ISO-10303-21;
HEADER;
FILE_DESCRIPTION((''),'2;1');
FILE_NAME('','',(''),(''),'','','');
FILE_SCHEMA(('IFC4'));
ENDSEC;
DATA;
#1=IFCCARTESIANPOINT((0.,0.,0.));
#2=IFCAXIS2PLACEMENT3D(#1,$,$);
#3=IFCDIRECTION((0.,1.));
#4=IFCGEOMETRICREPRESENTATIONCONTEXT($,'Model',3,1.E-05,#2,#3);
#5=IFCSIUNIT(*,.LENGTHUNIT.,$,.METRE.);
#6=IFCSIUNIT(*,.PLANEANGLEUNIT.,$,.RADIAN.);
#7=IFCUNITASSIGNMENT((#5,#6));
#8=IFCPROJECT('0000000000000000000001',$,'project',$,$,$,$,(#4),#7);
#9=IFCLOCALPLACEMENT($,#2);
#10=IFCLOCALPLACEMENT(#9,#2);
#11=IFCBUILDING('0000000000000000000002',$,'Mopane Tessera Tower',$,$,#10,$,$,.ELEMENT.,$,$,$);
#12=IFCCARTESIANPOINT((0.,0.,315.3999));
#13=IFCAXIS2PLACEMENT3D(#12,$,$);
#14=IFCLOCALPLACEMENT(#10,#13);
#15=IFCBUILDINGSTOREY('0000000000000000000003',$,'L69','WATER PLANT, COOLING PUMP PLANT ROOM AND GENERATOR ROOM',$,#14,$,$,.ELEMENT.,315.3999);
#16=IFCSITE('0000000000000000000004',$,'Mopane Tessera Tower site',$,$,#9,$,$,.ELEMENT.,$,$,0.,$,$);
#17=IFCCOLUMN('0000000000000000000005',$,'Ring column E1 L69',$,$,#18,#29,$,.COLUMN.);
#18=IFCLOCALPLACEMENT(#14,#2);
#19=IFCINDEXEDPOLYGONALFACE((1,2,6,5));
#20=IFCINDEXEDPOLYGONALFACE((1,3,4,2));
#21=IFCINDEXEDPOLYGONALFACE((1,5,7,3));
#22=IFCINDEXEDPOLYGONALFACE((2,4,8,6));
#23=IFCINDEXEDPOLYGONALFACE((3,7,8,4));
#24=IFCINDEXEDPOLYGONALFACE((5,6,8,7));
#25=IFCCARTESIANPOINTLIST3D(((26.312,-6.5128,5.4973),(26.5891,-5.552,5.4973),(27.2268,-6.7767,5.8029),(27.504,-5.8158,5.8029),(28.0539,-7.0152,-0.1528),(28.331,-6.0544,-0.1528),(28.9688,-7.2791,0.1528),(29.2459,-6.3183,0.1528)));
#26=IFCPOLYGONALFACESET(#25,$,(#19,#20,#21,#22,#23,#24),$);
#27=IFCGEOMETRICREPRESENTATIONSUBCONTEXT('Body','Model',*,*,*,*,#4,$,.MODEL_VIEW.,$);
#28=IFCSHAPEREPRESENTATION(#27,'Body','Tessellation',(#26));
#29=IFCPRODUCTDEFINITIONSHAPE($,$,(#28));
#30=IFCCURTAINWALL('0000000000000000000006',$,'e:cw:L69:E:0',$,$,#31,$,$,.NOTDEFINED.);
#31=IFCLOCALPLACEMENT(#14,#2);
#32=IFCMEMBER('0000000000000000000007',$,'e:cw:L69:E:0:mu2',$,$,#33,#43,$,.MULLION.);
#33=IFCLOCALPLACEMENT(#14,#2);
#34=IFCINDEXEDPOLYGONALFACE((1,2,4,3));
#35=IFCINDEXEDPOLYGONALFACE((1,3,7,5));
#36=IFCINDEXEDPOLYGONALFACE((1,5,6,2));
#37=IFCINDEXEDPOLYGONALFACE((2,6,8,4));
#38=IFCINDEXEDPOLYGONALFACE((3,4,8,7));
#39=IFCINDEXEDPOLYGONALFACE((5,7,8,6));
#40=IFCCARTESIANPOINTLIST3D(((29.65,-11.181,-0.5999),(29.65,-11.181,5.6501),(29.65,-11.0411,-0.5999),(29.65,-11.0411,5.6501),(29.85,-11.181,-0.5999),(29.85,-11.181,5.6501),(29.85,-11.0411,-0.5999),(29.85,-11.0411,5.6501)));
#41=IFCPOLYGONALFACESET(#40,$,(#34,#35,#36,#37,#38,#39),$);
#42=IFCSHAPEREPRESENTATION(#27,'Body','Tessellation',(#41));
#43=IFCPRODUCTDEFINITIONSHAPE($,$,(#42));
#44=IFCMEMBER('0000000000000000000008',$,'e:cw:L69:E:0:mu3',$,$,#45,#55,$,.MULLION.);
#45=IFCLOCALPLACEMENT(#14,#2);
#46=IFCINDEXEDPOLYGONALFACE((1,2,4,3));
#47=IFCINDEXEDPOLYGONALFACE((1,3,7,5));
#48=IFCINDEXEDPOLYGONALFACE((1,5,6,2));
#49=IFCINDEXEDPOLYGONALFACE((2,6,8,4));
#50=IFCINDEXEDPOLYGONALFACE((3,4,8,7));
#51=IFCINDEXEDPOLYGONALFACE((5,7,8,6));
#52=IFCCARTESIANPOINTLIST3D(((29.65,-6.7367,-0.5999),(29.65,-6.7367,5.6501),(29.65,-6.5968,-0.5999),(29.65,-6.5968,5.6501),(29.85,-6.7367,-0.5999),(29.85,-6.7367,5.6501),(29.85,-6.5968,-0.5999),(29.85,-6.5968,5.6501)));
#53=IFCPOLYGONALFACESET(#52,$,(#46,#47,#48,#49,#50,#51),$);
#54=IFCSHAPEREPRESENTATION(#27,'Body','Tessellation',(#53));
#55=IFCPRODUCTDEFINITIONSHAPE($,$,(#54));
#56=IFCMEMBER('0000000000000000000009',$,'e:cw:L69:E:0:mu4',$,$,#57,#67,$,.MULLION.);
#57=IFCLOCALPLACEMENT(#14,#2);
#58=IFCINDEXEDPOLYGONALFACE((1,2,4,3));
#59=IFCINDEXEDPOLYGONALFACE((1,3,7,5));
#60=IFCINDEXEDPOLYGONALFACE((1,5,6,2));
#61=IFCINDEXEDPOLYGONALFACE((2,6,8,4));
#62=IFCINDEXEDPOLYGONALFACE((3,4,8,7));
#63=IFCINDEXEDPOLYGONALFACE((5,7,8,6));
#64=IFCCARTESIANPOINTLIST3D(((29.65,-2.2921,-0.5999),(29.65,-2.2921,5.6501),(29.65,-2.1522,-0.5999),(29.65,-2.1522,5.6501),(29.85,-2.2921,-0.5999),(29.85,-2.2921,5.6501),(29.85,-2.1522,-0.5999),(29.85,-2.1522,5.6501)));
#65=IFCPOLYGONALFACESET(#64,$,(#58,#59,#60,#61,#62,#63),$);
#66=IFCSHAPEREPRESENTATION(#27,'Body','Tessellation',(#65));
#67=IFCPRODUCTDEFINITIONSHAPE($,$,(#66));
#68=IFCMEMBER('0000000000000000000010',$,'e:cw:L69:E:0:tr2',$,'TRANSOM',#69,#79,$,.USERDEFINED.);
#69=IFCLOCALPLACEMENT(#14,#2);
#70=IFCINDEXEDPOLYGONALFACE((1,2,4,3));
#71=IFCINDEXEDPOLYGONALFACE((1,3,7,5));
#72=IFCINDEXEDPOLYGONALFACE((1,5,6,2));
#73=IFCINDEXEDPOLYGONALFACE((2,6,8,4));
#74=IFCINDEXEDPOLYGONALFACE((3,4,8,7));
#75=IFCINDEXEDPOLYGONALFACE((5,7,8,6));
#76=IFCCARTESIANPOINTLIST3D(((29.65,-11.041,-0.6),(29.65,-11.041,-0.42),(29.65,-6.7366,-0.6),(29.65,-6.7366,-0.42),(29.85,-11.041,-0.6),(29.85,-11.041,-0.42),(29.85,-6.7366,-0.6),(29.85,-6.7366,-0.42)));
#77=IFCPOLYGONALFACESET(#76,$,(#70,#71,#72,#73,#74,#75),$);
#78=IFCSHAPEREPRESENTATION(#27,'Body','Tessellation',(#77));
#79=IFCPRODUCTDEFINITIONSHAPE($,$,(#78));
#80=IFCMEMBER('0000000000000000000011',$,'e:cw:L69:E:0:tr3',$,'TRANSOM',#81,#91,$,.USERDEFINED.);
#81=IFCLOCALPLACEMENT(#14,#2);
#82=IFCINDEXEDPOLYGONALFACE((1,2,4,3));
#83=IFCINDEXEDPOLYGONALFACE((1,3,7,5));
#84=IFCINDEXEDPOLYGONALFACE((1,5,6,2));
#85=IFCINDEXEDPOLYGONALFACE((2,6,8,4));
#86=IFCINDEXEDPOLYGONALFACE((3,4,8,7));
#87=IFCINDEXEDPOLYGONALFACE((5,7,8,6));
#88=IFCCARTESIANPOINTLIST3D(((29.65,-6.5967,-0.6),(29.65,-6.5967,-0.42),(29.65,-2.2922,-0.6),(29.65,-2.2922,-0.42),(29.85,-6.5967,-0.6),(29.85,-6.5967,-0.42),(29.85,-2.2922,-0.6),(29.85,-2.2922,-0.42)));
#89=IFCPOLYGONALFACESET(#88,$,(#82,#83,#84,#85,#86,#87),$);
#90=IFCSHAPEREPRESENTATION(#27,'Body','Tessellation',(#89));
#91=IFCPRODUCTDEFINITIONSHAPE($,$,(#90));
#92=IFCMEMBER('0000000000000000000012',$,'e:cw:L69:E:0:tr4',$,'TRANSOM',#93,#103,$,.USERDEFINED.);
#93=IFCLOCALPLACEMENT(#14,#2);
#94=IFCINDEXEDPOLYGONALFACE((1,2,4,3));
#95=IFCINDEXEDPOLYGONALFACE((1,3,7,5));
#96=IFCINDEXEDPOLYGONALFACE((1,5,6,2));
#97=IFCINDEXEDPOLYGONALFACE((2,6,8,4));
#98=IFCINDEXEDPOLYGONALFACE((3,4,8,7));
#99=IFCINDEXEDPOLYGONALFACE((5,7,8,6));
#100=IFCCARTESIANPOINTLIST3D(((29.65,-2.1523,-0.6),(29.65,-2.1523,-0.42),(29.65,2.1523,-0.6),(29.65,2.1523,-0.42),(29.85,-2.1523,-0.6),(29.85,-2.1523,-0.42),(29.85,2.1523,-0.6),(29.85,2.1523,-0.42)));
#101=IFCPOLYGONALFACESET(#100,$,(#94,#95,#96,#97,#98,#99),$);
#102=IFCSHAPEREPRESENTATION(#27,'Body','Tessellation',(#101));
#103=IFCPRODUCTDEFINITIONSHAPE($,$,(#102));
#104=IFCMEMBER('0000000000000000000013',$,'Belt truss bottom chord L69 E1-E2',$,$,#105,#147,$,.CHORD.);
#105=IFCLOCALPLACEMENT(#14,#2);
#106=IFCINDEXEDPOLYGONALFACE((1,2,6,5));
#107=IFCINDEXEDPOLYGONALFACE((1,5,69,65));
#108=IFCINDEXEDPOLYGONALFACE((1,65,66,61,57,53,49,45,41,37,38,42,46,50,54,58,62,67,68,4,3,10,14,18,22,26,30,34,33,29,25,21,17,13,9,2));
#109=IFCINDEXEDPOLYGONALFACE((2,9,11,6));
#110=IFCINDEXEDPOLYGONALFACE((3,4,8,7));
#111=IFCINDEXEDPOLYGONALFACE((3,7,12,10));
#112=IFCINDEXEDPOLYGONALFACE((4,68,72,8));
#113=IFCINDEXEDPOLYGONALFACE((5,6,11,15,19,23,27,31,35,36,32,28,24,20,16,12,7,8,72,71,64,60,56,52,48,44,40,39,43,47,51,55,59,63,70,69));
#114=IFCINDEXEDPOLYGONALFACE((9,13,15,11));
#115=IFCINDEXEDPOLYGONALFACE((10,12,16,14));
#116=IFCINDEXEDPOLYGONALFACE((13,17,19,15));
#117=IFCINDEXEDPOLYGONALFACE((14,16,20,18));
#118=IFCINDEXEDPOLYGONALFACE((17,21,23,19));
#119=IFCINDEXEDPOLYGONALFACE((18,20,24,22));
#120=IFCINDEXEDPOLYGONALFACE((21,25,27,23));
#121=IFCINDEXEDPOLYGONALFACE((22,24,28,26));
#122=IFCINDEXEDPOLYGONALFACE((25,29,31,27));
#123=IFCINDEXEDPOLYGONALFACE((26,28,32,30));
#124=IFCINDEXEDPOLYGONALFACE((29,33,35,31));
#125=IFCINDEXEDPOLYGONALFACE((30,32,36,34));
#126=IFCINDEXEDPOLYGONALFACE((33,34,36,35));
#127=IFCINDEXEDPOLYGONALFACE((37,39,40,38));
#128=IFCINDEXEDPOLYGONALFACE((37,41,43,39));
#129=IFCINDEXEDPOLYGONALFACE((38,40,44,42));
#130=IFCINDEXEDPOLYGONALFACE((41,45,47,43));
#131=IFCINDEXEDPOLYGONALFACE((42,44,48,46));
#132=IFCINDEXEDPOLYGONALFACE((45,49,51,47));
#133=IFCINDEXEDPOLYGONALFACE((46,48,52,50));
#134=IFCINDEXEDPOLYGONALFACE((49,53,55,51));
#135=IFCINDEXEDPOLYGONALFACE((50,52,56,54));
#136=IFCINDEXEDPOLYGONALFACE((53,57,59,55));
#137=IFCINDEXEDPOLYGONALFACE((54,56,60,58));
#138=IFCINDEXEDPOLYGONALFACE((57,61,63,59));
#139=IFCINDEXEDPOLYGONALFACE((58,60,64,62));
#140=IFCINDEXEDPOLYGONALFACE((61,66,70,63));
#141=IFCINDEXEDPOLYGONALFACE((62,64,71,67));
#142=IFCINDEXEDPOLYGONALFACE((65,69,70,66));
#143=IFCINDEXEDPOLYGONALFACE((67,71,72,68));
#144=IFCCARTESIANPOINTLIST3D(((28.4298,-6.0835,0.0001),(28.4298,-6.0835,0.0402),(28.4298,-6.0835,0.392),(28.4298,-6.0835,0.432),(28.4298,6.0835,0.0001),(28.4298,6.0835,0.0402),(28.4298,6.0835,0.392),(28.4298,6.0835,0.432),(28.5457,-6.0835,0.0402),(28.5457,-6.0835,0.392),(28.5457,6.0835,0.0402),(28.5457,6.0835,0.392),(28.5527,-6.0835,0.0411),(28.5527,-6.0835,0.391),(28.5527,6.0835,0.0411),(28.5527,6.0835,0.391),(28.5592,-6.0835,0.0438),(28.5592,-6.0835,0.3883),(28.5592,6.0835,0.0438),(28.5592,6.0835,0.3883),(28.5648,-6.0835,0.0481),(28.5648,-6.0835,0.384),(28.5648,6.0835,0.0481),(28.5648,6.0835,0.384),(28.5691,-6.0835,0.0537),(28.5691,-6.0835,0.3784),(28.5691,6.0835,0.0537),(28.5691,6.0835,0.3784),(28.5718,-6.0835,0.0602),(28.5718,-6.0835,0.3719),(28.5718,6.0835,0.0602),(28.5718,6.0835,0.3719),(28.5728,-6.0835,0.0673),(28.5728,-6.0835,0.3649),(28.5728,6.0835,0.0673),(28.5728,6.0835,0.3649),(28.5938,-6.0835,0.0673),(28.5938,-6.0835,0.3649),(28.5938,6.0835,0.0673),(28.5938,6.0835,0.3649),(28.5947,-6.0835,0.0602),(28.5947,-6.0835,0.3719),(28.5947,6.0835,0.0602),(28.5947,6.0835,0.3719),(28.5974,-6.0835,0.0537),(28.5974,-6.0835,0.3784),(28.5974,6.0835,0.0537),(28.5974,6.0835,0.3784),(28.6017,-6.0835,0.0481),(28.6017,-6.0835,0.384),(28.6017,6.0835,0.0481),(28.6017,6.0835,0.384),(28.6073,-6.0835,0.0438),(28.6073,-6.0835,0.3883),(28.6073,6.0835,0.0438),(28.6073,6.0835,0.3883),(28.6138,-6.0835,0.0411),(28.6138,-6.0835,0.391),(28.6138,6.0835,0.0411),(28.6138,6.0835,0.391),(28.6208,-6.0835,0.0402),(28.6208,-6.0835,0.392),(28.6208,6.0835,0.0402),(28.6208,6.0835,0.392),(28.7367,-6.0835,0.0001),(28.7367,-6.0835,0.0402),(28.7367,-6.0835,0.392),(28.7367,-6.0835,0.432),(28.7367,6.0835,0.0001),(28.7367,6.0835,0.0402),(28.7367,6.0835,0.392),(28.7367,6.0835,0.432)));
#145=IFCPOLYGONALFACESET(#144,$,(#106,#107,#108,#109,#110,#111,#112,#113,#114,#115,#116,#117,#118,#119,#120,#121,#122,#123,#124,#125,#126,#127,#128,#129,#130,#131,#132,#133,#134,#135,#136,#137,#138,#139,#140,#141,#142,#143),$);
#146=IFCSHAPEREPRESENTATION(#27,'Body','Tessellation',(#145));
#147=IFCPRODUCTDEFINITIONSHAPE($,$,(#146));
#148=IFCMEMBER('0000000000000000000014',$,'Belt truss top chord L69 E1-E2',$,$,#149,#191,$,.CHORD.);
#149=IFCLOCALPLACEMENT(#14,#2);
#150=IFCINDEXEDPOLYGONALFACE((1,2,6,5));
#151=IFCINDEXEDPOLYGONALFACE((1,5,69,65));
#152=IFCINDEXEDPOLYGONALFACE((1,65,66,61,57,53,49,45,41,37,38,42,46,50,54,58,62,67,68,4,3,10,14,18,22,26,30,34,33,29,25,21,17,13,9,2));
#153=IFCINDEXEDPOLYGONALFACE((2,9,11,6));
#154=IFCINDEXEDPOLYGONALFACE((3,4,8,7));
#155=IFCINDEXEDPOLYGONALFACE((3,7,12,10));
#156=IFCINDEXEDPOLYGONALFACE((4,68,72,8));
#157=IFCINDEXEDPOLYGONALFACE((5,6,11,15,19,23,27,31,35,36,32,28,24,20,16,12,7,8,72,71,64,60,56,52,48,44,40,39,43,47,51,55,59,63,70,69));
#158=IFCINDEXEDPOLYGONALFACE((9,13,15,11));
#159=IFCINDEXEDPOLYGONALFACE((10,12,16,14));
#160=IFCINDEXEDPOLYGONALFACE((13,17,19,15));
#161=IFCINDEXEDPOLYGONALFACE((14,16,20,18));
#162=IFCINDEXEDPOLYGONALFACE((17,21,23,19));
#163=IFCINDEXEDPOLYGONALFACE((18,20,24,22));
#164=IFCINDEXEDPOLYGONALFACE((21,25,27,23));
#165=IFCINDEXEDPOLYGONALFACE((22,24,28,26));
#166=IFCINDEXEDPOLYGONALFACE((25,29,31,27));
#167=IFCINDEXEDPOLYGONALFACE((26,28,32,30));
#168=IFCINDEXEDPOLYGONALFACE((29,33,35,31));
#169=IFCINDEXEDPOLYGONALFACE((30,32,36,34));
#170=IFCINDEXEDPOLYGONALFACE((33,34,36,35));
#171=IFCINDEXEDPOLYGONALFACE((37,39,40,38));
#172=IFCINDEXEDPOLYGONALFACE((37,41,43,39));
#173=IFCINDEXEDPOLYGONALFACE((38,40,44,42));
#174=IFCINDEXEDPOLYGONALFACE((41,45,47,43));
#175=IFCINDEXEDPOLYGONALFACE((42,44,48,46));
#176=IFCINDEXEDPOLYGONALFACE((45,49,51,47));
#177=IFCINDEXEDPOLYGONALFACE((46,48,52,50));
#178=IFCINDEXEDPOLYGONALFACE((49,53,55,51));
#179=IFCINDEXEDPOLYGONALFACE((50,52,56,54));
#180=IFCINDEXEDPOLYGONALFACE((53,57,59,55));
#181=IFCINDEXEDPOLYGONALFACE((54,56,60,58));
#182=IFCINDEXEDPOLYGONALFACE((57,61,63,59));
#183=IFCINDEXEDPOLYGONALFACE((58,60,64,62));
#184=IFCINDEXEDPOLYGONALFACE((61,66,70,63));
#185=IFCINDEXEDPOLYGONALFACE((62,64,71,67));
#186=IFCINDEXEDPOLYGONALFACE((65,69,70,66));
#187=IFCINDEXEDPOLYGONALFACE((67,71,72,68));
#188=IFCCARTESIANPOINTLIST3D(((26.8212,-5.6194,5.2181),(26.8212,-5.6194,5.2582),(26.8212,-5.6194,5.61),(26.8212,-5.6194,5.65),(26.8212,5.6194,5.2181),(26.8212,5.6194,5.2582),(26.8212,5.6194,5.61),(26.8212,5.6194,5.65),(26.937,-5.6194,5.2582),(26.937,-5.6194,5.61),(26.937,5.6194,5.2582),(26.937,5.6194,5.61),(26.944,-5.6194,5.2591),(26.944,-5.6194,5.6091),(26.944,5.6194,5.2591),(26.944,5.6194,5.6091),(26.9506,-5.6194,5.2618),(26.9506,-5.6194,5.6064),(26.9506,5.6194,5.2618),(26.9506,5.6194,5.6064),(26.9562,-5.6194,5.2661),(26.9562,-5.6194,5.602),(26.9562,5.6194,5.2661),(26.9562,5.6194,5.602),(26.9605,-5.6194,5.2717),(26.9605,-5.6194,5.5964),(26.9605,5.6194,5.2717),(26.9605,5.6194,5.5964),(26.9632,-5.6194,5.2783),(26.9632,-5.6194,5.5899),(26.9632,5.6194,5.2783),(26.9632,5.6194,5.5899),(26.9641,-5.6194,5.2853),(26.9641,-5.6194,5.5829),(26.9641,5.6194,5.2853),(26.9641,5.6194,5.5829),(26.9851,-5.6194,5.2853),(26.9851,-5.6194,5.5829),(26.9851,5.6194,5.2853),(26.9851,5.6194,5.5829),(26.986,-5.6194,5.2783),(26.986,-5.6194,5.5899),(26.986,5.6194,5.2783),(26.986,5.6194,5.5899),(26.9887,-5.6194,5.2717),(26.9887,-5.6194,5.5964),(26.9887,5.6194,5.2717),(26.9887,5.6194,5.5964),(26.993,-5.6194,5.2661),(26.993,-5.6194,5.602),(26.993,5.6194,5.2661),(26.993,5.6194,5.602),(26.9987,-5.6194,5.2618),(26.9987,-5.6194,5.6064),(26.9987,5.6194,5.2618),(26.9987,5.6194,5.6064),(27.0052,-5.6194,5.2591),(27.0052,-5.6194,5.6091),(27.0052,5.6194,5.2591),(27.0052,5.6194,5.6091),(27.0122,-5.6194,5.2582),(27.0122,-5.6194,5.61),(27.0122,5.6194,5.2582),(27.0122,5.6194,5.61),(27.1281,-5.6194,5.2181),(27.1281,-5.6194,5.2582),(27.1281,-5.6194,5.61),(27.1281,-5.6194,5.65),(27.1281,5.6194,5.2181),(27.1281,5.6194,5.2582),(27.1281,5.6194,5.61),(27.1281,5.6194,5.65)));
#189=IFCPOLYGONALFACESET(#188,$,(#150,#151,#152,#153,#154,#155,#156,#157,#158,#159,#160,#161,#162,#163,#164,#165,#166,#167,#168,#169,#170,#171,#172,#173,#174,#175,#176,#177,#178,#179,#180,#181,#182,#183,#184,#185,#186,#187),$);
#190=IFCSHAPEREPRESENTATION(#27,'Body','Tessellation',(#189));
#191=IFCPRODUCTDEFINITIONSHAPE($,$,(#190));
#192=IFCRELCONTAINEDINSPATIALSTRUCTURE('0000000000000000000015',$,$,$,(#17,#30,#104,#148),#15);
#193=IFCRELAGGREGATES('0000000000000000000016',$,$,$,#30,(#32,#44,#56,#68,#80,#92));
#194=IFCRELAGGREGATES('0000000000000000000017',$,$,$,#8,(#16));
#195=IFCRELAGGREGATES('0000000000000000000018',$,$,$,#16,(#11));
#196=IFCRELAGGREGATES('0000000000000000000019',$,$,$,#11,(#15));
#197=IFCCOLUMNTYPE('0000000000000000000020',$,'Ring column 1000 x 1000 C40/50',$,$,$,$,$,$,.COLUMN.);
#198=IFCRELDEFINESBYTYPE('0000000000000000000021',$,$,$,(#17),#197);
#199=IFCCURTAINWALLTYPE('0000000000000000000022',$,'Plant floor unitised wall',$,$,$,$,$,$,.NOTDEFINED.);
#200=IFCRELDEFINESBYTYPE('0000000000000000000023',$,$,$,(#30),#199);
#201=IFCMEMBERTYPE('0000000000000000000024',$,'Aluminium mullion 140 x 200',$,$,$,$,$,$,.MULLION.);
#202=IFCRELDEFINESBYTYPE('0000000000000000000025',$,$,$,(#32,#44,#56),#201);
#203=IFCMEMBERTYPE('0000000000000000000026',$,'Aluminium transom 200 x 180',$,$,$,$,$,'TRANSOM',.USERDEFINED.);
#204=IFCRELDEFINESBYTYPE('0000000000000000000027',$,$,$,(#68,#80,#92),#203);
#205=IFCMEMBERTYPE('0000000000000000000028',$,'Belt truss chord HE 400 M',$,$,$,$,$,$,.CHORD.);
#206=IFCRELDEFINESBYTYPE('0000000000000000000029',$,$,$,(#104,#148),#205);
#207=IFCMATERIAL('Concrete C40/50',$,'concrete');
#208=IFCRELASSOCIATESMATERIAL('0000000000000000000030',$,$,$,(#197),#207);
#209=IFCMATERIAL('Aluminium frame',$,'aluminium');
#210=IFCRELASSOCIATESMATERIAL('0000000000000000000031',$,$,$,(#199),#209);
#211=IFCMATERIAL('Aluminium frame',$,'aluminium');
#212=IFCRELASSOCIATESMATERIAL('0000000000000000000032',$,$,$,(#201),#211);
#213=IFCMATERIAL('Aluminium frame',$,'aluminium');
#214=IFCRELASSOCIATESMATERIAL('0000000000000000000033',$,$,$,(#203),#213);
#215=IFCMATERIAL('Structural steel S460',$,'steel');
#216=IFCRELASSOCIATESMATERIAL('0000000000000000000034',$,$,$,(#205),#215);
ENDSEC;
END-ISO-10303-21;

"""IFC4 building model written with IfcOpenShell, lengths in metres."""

from ifc_helpers import new_model, si_unit, direction, frame, origin, origin_2d, place, context, subcontext, project, spatial, rectangle, i_section, extrude, material, material_profile, profile_set, type_object, element, aggregate, save


model = new_model("IFC4")

# Units and contexts
model_context = context("Model", 3, precision=1e-05, world=origin(), true_north=direction((0.0, 1.0)))
body_context = subcontext(model_context, "Body", "Model", "MODEL_VIEW")
ifc_project = project(units=[si_unit("LENGTHUNIT", "METRE"), si_unit("PLANEANGLEUNIT", "RADIAN")], contexts=[model_context])

# Site, building, storey
site_placement = place(None, origin())
site = spatial("IfcSite", under=ifc_project, at=site_placement, Name="Mopane Tessera Tower site", CompositionType="ELEMENT", RefElevation=0.0)
building_placement = place(site_placement, origin())
building = spatial("IfcBuilding", under=site, at=building_placement, Name="Mopane Tessera Tower", CompositionType="ELEMENT")
storey_placement = place(building_placement, frame((0.0, 0.0, 315.3999)))
storey = spatial("IfcBuildingStorey", under=building, at=storey_placement, Name="L69", Description="WATER PLANT, COOLING PUMP PLANT ROOM AND GENERATOR ROOM", CompositionType="ELEMENT", Elevation=315.3999)

# Column
ifc_material_1 = material(Name="Concrete C40/50", Category="concrete")
ifc_material_profile_1 = material_profile(ifc_material_1, rectangle(XDim=1.0, YDim=1.0, at=origin_2d()))
ifc_profile_set_1 = profile_set([ifc_material_profile_1], Name="Concrete C40/50")
column_type = type_object("IfcColumnType", Name="Ring column 1000 x 1000 C40/50", PredefinedType="COLUMN", material=ifc_profile_set_1)
column_placement = place(storey_placement, frame((28.6499, -6.6667, 0.0), z_axis=(-0.293559, 0.084673, 0.952184), x_axis=(-0.277139, -0.96083, 0.0)))
element("IfcColumn", 1, at=column_placement, inside=storey, type_object=column_type, Name="Ring column E1 L69", PredefinedType="COLUMN", context=body_context, shape_type="SweptSolid", body=[
    extrude(rectangle(XDim=1.0, YDim=1.0, at=origin_2d()), origin(), (0.0, 0.0, 1.0), 5.9338),
])

# Curtain wall, members
ifc_material_2 = material(Name="Aluminium frame", Category="aluminium")
curtain_wall_type = type_object("IfcCurtainWallType", Name="Plant floor unitised wall", PredefinedType="NOTDEFINED", material=ifc_material_2)
curtain_wall_placement = place(storey_placement, origin())
curtain_wall = element("IfcCurtainWall", 2, at=curtain_wall_placement, inside=storey, type_object=curtain_wall_type, Name="e:cw:L69:E:0", PredefinedType="NOTDEFINED")
ifc_material_3 = material(Name="Aluminium frame", Category="aluminium")
ifc_material_profile_2 = material_profile(ifc_material_3, rectangle(XDim=0.1399, YDim=0.2, at=origin_2d()))
ifc_profile_set_2 = profile_set([ifc_material_profile_2], Name="Aluminium frame")
member_type_1 = type_object("IfcMemberType", Name="Aluminium mullion 140 x 200", PredefinedType="MULLION", material=ifc_profile_set_2)
member_1_placement = place(storey_placement, frame((29.75, -11.1111, -0.5999), z_axis=(0.0, 0.0, 1.0), x_axis=(0.0, 1.0, 0.0)))
member_1 = element("IfcMember", 3, at=member_1_placement, type_object=member_type_1, Name="e:cw:L69:E:0:mu2", PredefinedType="MULLION", context=body_context, shape_type="SweptSolid", body=[
    extrude(rectangle(XDim=0.1399, YDim=0.2, at=origin_2d()), origin(), (0.0, 0.0, 1.0), 6.25),
])
member_2_placement = place(storey_placement, frame((29.75, -6.6667, -0.5999), z_axis=(0.0, 0.0, 1.0), x_axis=(0.0, 1.0, 0.0)))
member_2 = element("IfcMember", 4, at=member_2_placement, type_object=member_type_1, Name="e:cw:L69:E:0:mu3", PredefinedType="MULLION", context=body_context, shape_type="SweptSolid", body=[
    extrude(rectangle(XDim=0.1399, YDim=0.2, at=origin_2d()), origin(), (0.0, 0.0, 1.0), 6.25),
])
member_3_placement = place(storey_placement, frame((29.75, -2.2222, -0.5999), z_axis=(0.0, 0.0, 1.0), x_axis=(0.0, 1.0, 0.0)))
member_3 = element("IfcMember", 5, at=member_3_placement, type_object=member_type_1, Name="e:cw:L69:E:0:mu4", PredefinedType="MULLION", context=body_context, shape_type="SweptSolid", body=[
    extrude(rectangle(XDim=0.1399, YDim=0.2, at=origin_2d()), origin(), (0.0, 0.0, 1.0), 6.25),
])
ifc_material_4 = material(Name="Aluminium frame", Category="aluminium")
ifc_material_profile_3 = material_profile(ifc_material_4, rectangle(XDim=0.2, YDim=0.1799, at=origin_2d()))
ifc_profile_set_3 = profile_set([ifc_material_profile_3], Name="Aluminium frame")
member_type_2 = type_object("IfcMemberType", Name="Aluminium transom 200 x 180", ElementType="TRANSOM", PredefinedType="USERDEFINED", material=ifc_profile_set_3)
member_4_placement = place(storey_placement, frame((29.75, -11.041, -0.51), z_axis=(0.0, 1.0, 0.0), x_axis=(-1.0, 0.0, 0.0)))
member_4 = element("IfcMember", 6, at=member_4_placement, type_object=member_type_2, Name="e:cw:L69:E:0:tr2", ObjectType="TRANSOM", PredefinedType="USERDEFINED", context=body_context, shape_type="SweptSolid", body=[
    extrude(rectangle(XDim=0.2, YDim=0.1799, at=origin_2d()), origin(), (0.0, 0.0, 1.0), 4.3044),
])
member_5_placement = place(storey_placement, frame((29.75, -6.5967, -0.51), z_axis=(0.0, 1.0, 0.0), x_axis=(-1.0, 0.0, 0.0)))
member_5 = element("IfcMember", 7, at=member_5_placement, type_object=member_type_2, Name="e:cw:L69:E:0:tr3", ObjectType="TRANSOM", PredefinedType="USERDEFINED", context=body_context, shape_type="SweptSolid", body=[
    extrude(rectangle(XDim=0.2, YDim=0.1799, at=origin_2d()), origin(), (0.0, 0.0, 1.0), 4.3044),
])
member_6_placement = place(storey_placement, frame((29.75, -2.1523, -0.51), z_axis=(0.0, 1.0, 0.0), x_axis=(-1.0, 0.0, 0.0)))
member_6 = element("IfcMember", 8, at=member_6_placement, type_object=member_type_2, Name="e:cw:L69:E:0:tr4", ObjectType="TRANSOM", PredefinedType="USERDEFINED", context=body_context, shape_type="SweptSolid", body=[
    extrude(rectangle(XDim=0.2, YDim=0.1799, at=origin_2d()), origin(), (0.0, 0.0, 1.0), 4.3047),
])

# Members
ifc_material_5 = material(Name="Structural steel S460", Category="steel")
ifc_material_profile_4 = material_profile(ifc_material_5, i_section(OverallWidth=0.3069, OverallDepth=0.4319, WebThickness=0.021, FlangeThickness=0.04, FilletRadius=0.0271, at=origin_2d()))
ifc_profile_set_4 = profile_set([ifc_material_profile_4], Name="Structural steel S460")
member_type_3 = type_object("IfcMemberType", Name="Belt truss chord HE 400 M", PredefinedType="CHORD", material=ifc_profile_set_4)
member_7_placement = place(storey_placement, frame((28.5833, -6.0835, 0.2161), z_axis=(0.0, 1.0, 0.0), x_axis=(-1.0, 0.0, 0.0)))
element("IfcMember", 9, at=member_7_placement, inside=storey, type_object=member_type_3, Name="Belt truss bottom chord L69 E1-E2", PredefinedType="CHORD", context=body_context, shape_type="SweptSolid", body=[
    extrude(i_section(OverallWidth=0.3069, OverallDepth=0.4319, WebThickness=0.021, FlangeThickness=0.04, FilletRadius=0.0271, at=origin_2d()), origin(), (0.0, 0.0, 1.0), 12.167),
])
member_8_placement = place(storey_placement, frame((26.9746, -5.6194, 5.4341), z_axis=(0.0, 1.0, 0.0), x_axis=(-1.0, 0.0, 0.0)))
element("IfcMember", 10, at=member_8_placement, inside=storey, type_object=member_type_3, Name="Belt truss top chord L69 E1-E2", PredefinedType="CHORD", context=body_context, shape_type="SweptSolid", body=[
    extrude(i_section(OverallWidth=0.3069, OverallDepth=0.4319, WebThickness=0.021, FlangeThickness=0.04, FilletRadius=0.0271, at=origin_2d()), origin(), (0.0, 0.0, 1.0), 11.2388),
])

aggregate(curtain_wall, [member_1, member_2, member_3, member_4, member_5, member_6])

save(model, "model.ifc")
